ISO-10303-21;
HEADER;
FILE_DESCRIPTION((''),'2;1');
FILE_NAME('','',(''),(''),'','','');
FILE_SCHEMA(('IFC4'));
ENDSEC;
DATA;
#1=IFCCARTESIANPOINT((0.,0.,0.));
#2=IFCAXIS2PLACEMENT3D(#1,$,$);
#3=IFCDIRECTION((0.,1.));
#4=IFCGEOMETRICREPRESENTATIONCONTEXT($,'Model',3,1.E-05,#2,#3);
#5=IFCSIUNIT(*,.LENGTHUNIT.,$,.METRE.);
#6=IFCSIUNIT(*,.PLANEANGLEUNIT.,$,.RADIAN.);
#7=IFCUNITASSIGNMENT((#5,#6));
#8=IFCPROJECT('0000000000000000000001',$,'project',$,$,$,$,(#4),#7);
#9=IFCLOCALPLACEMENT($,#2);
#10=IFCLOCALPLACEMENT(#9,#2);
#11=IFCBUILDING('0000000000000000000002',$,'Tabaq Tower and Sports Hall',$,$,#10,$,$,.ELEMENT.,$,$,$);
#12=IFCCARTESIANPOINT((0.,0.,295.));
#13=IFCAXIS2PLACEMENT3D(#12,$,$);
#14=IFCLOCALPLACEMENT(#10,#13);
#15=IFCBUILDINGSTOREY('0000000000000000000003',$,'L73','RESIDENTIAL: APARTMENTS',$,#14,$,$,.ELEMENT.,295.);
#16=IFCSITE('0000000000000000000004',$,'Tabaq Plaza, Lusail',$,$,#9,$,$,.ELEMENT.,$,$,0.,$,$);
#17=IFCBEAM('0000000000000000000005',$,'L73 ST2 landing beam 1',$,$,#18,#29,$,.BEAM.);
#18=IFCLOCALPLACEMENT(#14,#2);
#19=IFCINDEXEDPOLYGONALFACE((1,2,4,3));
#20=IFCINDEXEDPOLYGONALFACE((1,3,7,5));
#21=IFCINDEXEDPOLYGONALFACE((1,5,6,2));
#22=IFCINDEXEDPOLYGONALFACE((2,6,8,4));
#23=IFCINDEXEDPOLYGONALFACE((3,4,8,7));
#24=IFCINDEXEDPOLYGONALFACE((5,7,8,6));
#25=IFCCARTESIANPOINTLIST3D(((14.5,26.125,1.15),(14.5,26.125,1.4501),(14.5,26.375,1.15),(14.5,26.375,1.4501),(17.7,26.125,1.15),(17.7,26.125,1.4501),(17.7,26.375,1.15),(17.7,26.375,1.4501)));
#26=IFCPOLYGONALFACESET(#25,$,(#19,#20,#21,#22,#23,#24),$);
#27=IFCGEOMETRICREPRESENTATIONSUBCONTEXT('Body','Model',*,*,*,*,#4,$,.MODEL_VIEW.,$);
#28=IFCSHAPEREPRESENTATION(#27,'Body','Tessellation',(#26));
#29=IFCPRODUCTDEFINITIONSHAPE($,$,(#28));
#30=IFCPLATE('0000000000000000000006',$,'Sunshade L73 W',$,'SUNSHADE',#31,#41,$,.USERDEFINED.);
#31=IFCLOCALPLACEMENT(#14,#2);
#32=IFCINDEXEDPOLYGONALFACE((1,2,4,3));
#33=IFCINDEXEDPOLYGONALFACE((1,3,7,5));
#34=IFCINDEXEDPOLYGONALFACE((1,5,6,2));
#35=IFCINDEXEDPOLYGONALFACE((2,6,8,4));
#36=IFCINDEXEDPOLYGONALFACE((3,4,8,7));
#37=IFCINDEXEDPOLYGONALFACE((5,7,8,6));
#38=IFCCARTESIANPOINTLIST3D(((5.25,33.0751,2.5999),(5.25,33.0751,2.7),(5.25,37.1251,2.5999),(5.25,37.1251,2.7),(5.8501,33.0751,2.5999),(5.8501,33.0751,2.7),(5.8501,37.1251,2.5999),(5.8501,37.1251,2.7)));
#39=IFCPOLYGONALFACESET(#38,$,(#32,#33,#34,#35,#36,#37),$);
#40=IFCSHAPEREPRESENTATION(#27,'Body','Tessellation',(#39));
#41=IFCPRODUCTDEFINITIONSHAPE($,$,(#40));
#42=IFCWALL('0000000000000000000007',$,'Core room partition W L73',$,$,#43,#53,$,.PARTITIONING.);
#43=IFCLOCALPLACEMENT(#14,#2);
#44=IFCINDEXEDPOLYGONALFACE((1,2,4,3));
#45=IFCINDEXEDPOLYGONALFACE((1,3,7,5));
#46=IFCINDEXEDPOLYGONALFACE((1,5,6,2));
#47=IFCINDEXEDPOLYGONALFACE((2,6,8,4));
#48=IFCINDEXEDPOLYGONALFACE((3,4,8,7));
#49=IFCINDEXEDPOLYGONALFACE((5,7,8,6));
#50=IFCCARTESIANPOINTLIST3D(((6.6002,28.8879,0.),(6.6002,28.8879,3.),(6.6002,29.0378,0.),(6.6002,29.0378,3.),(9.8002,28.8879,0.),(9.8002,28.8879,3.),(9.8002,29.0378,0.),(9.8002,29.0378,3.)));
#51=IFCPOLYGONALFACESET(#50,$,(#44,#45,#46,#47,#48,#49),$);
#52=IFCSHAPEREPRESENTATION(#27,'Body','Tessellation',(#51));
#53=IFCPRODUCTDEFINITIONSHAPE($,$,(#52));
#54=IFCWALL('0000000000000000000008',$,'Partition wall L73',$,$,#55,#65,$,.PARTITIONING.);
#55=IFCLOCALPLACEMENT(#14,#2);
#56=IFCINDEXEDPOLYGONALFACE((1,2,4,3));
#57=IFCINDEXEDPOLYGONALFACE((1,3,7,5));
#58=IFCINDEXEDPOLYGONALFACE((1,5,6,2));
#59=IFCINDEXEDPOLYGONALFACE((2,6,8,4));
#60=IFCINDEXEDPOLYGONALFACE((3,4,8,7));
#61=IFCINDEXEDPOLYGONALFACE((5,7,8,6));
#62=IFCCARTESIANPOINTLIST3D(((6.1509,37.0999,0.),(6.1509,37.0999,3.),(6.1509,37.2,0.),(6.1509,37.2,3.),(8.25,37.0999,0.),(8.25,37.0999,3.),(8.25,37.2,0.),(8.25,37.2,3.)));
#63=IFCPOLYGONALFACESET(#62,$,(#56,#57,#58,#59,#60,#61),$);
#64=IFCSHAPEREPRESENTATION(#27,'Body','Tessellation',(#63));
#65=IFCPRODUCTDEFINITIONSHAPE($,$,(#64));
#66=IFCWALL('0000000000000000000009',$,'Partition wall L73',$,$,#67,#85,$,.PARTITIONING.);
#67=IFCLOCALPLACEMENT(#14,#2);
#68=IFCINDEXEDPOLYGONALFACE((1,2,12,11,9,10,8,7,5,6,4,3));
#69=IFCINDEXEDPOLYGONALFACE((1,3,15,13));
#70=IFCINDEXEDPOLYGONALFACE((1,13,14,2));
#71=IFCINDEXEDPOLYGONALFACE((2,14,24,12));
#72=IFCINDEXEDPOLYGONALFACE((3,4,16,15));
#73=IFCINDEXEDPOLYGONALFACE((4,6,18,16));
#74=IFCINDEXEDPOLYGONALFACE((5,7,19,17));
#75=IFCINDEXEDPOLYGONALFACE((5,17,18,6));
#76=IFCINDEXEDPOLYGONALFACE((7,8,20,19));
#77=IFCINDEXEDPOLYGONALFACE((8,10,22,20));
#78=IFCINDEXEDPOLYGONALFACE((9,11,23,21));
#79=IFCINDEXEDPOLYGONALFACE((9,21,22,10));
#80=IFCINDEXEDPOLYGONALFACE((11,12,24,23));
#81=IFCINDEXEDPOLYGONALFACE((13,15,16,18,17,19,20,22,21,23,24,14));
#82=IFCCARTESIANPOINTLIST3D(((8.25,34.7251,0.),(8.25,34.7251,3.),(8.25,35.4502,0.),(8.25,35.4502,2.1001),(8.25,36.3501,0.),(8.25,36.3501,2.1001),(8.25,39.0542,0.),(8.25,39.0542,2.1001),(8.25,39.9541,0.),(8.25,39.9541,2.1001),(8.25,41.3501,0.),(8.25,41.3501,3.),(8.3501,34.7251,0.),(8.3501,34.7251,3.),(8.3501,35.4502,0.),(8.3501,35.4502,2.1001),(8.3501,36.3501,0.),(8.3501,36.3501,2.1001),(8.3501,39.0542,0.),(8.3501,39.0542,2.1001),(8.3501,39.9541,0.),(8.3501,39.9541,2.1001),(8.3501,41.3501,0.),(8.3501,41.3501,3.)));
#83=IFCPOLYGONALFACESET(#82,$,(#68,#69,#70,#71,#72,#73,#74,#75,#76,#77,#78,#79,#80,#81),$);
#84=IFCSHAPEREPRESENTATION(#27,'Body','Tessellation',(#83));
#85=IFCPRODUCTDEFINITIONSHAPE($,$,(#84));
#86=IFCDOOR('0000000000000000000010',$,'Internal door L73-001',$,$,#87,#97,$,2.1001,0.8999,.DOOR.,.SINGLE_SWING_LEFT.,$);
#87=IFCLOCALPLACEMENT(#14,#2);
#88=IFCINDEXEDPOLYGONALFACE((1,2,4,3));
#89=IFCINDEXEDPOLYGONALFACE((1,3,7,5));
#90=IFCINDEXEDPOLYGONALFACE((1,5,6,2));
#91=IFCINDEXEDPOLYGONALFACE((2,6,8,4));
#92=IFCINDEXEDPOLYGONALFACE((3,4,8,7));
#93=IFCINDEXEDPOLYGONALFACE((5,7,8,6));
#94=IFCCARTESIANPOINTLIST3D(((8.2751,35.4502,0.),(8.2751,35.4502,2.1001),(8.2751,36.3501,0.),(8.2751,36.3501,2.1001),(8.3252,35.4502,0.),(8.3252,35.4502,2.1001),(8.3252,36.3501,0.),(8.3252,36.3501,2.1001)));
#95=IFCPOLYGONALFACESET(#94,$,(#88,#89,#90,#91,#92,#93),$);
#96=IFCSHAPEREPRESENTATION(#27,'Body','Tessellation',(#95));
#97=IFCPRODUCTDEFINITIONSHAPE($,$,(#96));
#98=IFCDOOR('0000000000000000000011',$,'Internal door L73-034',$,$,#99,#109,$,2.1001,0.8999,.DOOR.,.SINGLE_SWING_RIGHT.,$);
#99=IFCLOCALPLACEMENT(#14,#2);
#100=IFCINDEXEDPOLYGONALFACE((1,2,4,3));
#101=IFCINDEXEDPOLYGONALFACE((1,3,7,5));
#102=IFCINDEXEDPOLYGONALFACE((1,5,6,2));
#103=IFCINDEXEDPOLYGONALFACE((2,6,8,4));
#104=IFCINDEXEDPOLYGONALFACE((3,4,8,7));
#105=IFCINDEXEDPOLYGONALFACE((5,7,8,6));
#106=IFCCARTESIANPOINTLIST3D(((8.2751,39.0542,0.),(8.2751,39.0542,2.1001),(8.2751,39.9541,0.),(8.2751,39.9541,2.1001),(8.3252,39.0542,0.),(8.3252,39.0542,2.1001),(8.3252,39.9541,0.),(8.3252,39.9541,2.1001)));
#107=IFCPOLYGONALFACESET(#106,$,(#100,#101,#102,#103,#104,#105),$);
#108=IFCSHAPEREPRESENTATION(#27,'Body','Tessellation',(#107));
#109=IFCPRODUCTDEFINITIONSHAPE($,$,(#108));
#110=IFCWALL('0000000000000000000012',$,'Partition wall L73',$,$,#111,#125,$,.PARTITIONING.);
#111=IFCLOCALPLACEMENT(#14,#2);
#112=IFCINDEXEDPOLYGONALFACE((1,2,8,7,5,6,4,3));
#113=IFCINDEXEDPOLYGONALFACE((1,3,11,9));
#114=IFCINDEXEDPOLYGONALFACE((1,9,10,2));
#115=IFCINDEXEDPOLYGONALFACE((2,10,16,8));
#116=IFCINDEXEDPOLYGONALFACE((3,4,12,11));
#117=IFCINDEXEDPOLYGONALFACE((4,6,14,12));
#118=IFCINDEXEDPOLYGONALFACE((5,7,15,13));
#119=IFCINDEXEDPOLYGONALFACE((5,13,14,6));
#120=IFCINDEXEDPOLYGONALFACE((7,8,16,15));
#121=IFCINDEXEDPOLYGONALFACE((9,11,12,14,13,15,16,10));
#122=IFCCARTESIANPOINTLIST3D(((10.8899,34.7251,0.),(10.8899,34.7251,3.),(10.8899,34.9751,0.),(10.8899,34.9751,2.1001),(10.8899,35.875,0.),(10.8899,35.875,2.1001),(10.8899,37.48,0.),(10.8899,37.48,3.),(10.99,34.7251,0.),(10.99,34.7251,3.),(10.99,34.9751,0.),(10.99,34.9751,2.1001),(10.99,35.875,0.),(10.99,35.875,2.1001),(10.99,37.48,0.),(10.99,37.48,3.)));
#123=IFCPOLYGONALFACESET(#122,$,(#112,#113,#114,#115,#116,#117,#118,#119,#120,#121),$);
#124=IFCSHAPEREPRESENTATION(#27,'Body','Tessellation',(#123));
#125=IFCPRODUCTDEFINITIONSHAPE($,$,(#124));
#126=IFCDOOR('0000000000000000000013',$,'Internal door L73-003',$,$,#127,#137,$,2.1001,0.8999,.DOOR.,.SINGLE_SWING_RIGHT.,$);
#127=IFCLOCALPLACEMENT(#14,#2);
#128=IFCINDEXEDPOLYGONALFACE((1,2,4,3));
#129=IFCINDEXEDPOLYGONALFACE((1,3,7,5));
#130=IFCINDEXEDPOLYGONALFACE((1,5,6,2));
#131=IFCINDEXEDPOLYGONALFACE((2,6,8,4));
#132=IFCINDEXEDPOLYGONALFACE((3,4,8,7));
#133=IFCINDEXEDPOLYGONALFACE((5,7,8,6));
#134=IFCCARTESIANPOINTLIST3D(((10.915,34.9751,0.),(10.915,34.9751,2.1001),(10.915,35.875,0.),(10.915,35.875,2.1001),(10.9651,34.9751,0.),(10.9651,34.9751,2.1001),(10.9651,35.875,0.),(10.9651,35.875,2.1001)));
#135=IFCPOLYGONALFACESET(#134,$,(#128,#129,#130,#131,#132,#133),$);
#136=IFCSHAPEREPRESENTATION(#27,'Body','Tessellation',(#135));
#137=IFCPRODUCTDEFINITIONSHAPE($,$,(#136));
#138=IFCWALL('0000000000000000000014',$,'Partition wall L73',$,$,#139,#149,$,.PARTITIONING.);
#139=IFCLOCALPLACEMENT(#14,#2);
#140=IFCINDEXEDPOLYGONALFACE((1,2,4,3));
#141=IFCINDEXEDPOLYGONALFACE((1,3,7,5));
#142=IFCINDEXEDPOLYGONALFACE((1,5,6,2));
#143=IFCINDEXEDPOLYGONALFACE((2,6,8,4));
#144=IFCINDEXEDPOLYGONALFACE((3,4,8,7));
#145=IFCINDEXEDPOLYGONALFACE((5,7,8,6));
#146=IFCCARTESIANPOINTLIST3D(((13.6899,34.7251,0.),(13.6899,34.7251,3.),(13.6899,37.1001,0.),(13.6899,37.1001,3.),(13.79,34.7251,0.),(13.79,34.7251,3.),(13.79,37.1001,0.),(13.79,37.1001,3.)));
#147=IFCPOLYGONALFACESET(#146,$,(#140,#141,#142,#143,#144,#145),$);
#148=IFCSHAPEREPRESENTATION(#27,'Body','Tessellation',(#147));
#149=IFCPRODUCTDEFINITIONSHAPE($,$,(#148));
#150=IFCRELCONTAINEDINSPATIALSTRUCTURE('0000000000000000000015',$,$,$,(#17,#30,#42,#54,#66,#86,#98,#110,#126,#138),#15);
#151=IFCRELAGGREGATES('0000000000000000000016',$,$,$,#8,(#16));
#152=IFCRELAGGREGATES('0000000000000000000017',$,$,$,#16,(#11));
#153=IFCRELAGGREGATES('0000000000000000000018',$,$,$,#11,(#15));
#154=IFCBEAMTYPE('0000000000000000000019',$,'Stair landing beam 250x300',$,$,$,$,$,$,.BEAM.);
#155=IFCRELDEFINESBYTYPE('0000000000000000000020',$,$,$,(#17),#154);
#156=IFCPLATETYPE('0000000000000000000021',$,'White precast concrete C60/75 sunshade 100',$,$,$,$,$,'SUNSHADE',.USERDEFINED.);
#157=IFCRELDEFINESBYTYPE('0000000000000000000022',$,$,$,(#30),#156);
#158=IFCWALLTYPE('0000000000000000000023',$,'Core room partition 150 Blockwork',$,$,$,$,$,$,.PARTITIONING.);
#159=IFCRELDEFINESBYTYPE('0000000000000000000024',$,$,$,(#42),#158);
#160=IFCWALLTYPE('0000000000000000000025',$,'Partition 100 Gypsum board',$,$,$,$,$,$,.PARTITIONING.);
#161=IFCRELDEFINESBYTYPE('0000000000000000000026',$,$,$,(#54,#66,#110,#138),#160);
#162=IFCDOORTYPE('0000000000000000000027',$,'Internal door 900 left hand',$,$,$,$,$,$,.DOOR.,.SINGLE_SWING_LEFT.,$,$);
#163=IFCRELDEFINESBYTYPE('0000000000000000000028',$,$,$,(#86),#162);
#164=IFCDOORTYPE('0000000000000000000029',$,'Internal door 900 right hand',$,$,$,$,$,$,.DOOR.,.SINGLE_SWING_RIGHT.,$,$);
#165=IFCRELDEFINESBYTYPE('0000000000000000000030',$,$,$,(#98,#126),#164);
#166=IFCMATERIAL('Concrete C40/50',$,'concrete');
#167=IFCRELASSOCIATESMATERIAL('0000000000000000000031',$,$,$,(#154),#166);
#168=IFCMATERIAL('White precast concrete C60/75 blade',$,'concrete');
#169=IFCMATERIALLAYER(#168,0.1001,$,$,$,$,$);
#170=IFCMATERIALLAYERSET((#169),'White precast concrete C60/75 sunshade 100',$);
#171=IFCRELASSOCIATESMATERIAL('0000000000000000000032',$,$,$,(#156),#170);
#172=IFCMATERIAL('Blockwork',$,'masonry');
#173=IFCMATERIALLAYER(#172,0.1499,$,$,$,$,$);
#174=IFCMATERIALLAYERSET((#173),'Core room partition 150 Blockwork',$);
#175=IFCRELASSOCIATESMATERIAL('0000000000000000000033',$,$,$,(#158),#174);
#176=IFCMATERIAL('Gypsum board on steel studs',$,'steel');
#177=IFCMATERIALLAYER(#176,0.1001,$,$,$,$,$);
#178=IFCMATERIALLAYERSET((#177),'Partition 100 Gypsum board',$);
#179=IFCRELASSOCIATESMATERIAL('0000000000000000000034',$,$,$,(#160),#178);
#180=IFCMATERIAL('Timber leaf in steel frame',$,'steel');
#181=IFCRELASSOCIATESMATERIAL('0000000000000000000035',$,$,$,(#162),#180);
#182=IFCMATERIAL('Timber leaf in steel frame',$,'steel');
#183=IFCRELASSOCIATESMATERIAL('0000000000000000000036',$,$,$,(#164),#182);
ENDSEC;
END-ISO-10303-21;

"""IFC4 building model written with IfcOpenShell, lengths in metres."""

from ifc_helpers import new_model, si_unit, direction, frame, frame_2d, origin, origin_2d, place, context, subcontext, project, spatial, rectangle, extrude, material, layer, layer_set, material_profile, profile_set, type_object, element, fill, save


model = new_model("IFC4")

# Units and contexts
model_context = context("Model", 3, precision=1e-05, world=origin(), true_north=direction((0.0, 1.0)))
body_context = subcontext(model_context, "Body", "Model", "MODEL_VIEW")
ifc_project = project(units=[si_unit("LENGTHUNIT", "METRE"), si_unit("PLANEANGLEUNIT", "RADIAN")], contexts=[model_context])

# Site, building, storey
site_placement = place(None, origin())
site = spatial("IfcSite", under=ifc_project, at=site_placement, Name="Tabaq Plaza, Lusail", CompositionType="ELEMENT", RefElevation=0.0)
building_placement = place(site_placement, origin())
building = spatial("IfcBuilding", under=site, at=building_placement, Name="Tabaq Tower and Sports Hall", CompositionType="ELEMENT")
storey_placement = place(building_placement, frame((0.0, 0.0, 295.0)))
storey = spatial("IfcBuildingStorey", under=building, at=storey_placement, Name="L73", Description="RESIDENTIAL: APARTMENTS", CompositionType="ELEMENT", Elevation=295.0)

# Beam
ifc_material_1 = material(Name="Concrete C40/50", Category="concrete")
ifc_material_profile = material_profile(ifc_material_1, rectangle(XDim=0.25, YDim=0.3, at=origin_2d()), Name="RC 250x300")
ifc_profile_set = profile_set([ifc_material_profile], Name="Concrete C40/50")
beam_type = type_object("IfcBeamType", Name="Stair landing beam 250x300", PredefinedType="BEAM", material=ifc_profile_set)
beam_placement = place(storey_placement, frame((14.5, 26.25, 1.3), z_axis=(1.0, 0.0, 0.0), x_axis=(0.0, 1.0, 0.0)))
element("IfcBeam", 1, at=beam_placement, inside=storey, type_object=beam_type, Name="L73 ST2 landing beam 1", PredefinedType="BEAM", context=body_context, shape_type="SweptSolid", body=[
    extrude(rectangle(XDim=0.25, YDim=0.3, at=origin_2d()), origin(), (0.0, 0.0, 1.0), 3.2),
])

# Plate
ifc_material_2 = material(Name="White precast concrete C60/75 blade", Category="concrete")
ifc_layer_1 = layer(ifc_material_2, 0.1001)
ifc_layer_set_1 = layer_set([ifc_layer_1], Name="White precast concrete C60/75 sunshade 100")
plate_type = type_object("IfcPlateType", Name="White precast concrete C60/75 sunshade 100", ElementType="SUNSHADE", PredefinedType="USERDEFINED", material=ifc_layer_set_1)
plate_placement = place(storey_placement, frame((5.55, 35.1001, 2.5999), z_axis=(0.0, 0.0, 1.0), x_axis=(0.0, -1.0, 0.0)))
element("IfcPlate", 2, at=plate_placement, inside=storey, type_object=plate_type, Name="Sunshade L73 W", ObjectType="SUNSHADE", PredefinedType="USERDEFINED", context=body_context, shape_type="SweptSolid", body=[
    extrude(rectangle(XDim=4.05, YDim=0.6001, at=origin_2d()), origin(), (0.0, 0.0, 1.0), 0.1001),
])

# Wall
ifc_material_3 = material(Name="Blockwork", Category="masonry")
ifc_layer_2 = layer(ifc_material_3, 0.1499)
ifc_layer_set_2 = layer_set([ifc_layer_2], Name="Core room partition 150 Blockwork")
wall_type_1 = type_object("IfcWallType", Name="Core room partition 150 Blockwork", PredefinedType="PARTITIONING", material=ifc_layer_set_2)
wall_1_placement = place(storey_placement, frame((6.6001, 28.9629, 0.0), z_axis=(0.0, 0.0, 1.0), x_axis=(1.0, 0.0, 0.0)))
element("IfcWall", 3, at=wall_1_placement, inside=storey, type_object=wall_type_1, Name="Core room partition W L73", PredefinedType="PARTITIONING", context=body_context, shape_type="SweptSolid", body=[
    extrude(rectangle(XDim=3.2, YDim=0.1499, at=frame_2d((1.6001, 0.0))), origin(), (0.0, 0.0, 1.0), 3.0),
])

# Wall
ifc_material_4 = material(Name="Gypsum board on steel studs", Category="steel")
ifc_layer_3 = layer(ifc_material_4, 0.1001)
ifc_layer_set_3 = layer_set([ifc_layer_3], Name="Partition 100 Gypsum board")
wall_type_2 = type_object("IfcWallType", Name="Partition 100 Gypsum board", PredefinedType="PARTITIONING", material=ifc_layer_set_3)
wall_2_placement = place(storey_placement, frame((6.1509, 37.1499, 0.0), z_axis=(0.0, 0.0, 1.0), x_axis=(1.0, 0.0, 0.0)))
element("IfcWall", 4, at=wall_2_placement, inside=storey, type_object=wall_type_2, Name="Partition wall L73", PredefinedType="PARTITIONING", context=body_context, shape_type="SweptSolid", body=[
    extrude(rectangle(XDim=2.0991, YDim=0.1001, at=frame_2d((1.0496, 0.0))), origin(), (0.0, 0.0, 1.0), 3.0),
])

# Wall, openings, doors
wall_3_placement = place(storey_placement, frame((8.3, 34.7251, 0.0), z_axis=(0.0, 0.0, 1.0), x_axis=(0.0, 1.0, 0.0)))
wall_3 = element("IfcWall", 5, at=wall_3_placement, inside=storey, type_object=wall_type_2, Name="Partition wall L73", PredefinedType="PARTITIONING", context=body_context, shape_type="SweptSolid", body=[
    extrude(rectangle(XDim=6.625, YDim=0.1001, at=frame_2d((3.3125, 0.0))), origin(), (0.0, 0.0, 1.0), 3.0),
])
opening_1_placement = place(wall_3_placement, frame((0.7251, 0.0, 0.0)))
opening_1 = element("IfcOpeningElement", 6, at=opening_1_placement, cuts=wall_3, PredefinedType="OPENING", context=body_context, shape_type="SweptSolid", body=[
    extrude(rectangle(XDim=0.8999, YDim=2.1001, at=frame_2d((0.45, 1.05))), frame((0.0, 0.05, 0.0), z_axis=(0.0, -1.0, 0.0), x_axis=(1.0, 0.0, 0.0)), (0.0, 0.0, 1.0), 0.1001),
])
opening_2_placement = place(wall_3_placement, frame((4.3291, 0.0, 0.0)))
opening_2 = element("IfcOpeningElement", 7, at=opening_2_placement, cuts=wall_3, PredefinedType="OPENING", context=body_context, shape_type="SweptSolid", body=[
    extrude(rectangle(XDim=0.8999, YDim=2.1001, at=frame_2d((0.45, 1.05))), frame((0.0, 0.05, 0.0), z_axis=(0.0, -1.0, 0.0), x_axis=(1.0, 0.0, 0.0)), (0.0, 0.0, 1.0), 0.1001),
])
ifc_material_5 = material(Name="Timber leaf in steel frame", Category="steel")
door_type_1 = type_object("IfcDoorType", Name="Internal door 900 left hand", OperationType="SINGLE_SWING_LEFT", PredefinedType="DOOR", material=ifc_material_5)
door_1_placement = place(opening_1_placement, origin())
door_1 = element("IfcDoor", 8, at=door_1_placement, inside=storey, type_object=door_type_1, Name="Internal door L73-001", OperationType="SINGLE_SWING_LEFT", OverallHeight=2.1001, OverallWidth=0.8999, PredefinedType="DOOR", context=body_context, shape_type="SweptSolid", body=[
    extrude(rectangle(XDim=0.8999, YDim=2.1001, at=frame_2d((0.45, 1.05))), frame((0.0, 0.0249, 0.0), z_axis=(0.0, -1.0, 0.0), x_axis=(1.0, 0.0, 0.0)), (0.0, 0.0, 1.0), 0.05),
])
fill(opening_1, door_1)
ifc_material_6 = material(Name="Timber leaf in steel frame", Category="steel")
door_type_2 = type_object("IfcDoorType", Name="Internal door 900 right hand", OperationType="SINGLE_SWING_RIGHT", PredefinedType="DOOR", material=ifc_material_6)
door_2_placement = place(opening_2_placement, origin())
door_2 = element("IfcDoor", 9, at=door_2_placement, inside=storey, type_object=door_type_2, Name="Internal door L73-034", OperationType="SINGLE_SWING_RIGHT", OverallHeight=2.1001, OverallWidth=0.8999, PredefinedType="DOOR", context=body_context, shape_type="SweptSolid", body=[
    extrude(rectangle(XDim=0.8999, YDim=2.1001, at=frame_2d((0.45, 1.05))), frame((0.0, 0.0249, 0.0), z_axis=(0.0, -1.0, 0.0), x_axis=(1.0, 0.0, 0.0)), (0.0, 0.0, 1.0), 0.05),
])
fill(opening_2, door_2)

# Wall, opening, door
wall_4_placement = place(storey_placement, frame((10.9399, 34.7251, 0.0), z_axis=(0.0, 0.0, 1.0), x_axis=(0.0, 1.0, 0.0)))
wall_4 = element("IfcWall", 10, at=wall_4_placement, inside=storey, type_object=wall_type_2, Name="Partition wall L73", PredefinedType="PARTITIONING", context=body_context, shape_type="SweptSolid", body=[
    extrude(rectangle(XDim=2.7549, YDim=0.1001, at=frame_2d((1.3774, 0.0))), origin(), (0.0, 0.0, 1.0), 3.0),
])
opening_3_placement = place(wall_4_placement, frame((0.25, 0.0, 0.0)))
opening_3 = element("IfcOpeningElement", 11, at=opening_3_placement, cuts=wall_4, PredefinedType="OPENING", context=body_context, shape_type="SweptSolid", body=[
    extrude(rectangle(XDim=0.8999, YDim=2.1001, at=frame_2d((0.45, 1.05))), frame((0.0, 0.05, 0.0), z_axis=(0.0, -1.0, 0.0), x_axis=(1.0, 0.0, 0.0)), (0.0, 0.0, 1.0), 0.1001),
])
door_3_placement = place(opening_3_placement, origin())
door_3 = element("IfcDoor", 12, at=door_3_placement, inside=storey, type_object=door_type_2, Name="Internal door L73-003", OperationType="SINGLE_SWING_RIGHT", OverallHeight=2.1001, OverallWidth=0.8999, PredefinedType="DOOR", context=body_context, shape_type="SweptSolid", body=[
    extrude(rectangle(XDim=0.8999, YDim=2.1001, at=frame_2d((0.45, 1.05))), frame((0.0, 0.0249, 0.0), z_axis=(0.0, -1.0, 0.0), x_axis=(1.0, 0.0, 0.0)), (0.0, 0.0, 1.0), 0.05),
])
fill(opening_3, door_3)

# Wall
wall_5_placement = place(storey_placement, frame((13.74, 34.7251, 0.0), z_axis=(0.0, 0.0, 1.0), x_axis=(0.0, 1.0, 0.0)))
element("IfcWall", 13, at=wall_5_placement, inside=storey, type_object=wall_type_2, Name="Partition wall L73", PredefinedType="PARTITIONING", context=body_context, shape_type="SweptSolid", body=[
    extrude(rectangle(XDim=2.375, YDim=0.1001, at=frame_2d((1.1875, 0.0))), origin(), (0.0, 0.0, 1.0), 3.0),
])

save(model, "model.ifc")
